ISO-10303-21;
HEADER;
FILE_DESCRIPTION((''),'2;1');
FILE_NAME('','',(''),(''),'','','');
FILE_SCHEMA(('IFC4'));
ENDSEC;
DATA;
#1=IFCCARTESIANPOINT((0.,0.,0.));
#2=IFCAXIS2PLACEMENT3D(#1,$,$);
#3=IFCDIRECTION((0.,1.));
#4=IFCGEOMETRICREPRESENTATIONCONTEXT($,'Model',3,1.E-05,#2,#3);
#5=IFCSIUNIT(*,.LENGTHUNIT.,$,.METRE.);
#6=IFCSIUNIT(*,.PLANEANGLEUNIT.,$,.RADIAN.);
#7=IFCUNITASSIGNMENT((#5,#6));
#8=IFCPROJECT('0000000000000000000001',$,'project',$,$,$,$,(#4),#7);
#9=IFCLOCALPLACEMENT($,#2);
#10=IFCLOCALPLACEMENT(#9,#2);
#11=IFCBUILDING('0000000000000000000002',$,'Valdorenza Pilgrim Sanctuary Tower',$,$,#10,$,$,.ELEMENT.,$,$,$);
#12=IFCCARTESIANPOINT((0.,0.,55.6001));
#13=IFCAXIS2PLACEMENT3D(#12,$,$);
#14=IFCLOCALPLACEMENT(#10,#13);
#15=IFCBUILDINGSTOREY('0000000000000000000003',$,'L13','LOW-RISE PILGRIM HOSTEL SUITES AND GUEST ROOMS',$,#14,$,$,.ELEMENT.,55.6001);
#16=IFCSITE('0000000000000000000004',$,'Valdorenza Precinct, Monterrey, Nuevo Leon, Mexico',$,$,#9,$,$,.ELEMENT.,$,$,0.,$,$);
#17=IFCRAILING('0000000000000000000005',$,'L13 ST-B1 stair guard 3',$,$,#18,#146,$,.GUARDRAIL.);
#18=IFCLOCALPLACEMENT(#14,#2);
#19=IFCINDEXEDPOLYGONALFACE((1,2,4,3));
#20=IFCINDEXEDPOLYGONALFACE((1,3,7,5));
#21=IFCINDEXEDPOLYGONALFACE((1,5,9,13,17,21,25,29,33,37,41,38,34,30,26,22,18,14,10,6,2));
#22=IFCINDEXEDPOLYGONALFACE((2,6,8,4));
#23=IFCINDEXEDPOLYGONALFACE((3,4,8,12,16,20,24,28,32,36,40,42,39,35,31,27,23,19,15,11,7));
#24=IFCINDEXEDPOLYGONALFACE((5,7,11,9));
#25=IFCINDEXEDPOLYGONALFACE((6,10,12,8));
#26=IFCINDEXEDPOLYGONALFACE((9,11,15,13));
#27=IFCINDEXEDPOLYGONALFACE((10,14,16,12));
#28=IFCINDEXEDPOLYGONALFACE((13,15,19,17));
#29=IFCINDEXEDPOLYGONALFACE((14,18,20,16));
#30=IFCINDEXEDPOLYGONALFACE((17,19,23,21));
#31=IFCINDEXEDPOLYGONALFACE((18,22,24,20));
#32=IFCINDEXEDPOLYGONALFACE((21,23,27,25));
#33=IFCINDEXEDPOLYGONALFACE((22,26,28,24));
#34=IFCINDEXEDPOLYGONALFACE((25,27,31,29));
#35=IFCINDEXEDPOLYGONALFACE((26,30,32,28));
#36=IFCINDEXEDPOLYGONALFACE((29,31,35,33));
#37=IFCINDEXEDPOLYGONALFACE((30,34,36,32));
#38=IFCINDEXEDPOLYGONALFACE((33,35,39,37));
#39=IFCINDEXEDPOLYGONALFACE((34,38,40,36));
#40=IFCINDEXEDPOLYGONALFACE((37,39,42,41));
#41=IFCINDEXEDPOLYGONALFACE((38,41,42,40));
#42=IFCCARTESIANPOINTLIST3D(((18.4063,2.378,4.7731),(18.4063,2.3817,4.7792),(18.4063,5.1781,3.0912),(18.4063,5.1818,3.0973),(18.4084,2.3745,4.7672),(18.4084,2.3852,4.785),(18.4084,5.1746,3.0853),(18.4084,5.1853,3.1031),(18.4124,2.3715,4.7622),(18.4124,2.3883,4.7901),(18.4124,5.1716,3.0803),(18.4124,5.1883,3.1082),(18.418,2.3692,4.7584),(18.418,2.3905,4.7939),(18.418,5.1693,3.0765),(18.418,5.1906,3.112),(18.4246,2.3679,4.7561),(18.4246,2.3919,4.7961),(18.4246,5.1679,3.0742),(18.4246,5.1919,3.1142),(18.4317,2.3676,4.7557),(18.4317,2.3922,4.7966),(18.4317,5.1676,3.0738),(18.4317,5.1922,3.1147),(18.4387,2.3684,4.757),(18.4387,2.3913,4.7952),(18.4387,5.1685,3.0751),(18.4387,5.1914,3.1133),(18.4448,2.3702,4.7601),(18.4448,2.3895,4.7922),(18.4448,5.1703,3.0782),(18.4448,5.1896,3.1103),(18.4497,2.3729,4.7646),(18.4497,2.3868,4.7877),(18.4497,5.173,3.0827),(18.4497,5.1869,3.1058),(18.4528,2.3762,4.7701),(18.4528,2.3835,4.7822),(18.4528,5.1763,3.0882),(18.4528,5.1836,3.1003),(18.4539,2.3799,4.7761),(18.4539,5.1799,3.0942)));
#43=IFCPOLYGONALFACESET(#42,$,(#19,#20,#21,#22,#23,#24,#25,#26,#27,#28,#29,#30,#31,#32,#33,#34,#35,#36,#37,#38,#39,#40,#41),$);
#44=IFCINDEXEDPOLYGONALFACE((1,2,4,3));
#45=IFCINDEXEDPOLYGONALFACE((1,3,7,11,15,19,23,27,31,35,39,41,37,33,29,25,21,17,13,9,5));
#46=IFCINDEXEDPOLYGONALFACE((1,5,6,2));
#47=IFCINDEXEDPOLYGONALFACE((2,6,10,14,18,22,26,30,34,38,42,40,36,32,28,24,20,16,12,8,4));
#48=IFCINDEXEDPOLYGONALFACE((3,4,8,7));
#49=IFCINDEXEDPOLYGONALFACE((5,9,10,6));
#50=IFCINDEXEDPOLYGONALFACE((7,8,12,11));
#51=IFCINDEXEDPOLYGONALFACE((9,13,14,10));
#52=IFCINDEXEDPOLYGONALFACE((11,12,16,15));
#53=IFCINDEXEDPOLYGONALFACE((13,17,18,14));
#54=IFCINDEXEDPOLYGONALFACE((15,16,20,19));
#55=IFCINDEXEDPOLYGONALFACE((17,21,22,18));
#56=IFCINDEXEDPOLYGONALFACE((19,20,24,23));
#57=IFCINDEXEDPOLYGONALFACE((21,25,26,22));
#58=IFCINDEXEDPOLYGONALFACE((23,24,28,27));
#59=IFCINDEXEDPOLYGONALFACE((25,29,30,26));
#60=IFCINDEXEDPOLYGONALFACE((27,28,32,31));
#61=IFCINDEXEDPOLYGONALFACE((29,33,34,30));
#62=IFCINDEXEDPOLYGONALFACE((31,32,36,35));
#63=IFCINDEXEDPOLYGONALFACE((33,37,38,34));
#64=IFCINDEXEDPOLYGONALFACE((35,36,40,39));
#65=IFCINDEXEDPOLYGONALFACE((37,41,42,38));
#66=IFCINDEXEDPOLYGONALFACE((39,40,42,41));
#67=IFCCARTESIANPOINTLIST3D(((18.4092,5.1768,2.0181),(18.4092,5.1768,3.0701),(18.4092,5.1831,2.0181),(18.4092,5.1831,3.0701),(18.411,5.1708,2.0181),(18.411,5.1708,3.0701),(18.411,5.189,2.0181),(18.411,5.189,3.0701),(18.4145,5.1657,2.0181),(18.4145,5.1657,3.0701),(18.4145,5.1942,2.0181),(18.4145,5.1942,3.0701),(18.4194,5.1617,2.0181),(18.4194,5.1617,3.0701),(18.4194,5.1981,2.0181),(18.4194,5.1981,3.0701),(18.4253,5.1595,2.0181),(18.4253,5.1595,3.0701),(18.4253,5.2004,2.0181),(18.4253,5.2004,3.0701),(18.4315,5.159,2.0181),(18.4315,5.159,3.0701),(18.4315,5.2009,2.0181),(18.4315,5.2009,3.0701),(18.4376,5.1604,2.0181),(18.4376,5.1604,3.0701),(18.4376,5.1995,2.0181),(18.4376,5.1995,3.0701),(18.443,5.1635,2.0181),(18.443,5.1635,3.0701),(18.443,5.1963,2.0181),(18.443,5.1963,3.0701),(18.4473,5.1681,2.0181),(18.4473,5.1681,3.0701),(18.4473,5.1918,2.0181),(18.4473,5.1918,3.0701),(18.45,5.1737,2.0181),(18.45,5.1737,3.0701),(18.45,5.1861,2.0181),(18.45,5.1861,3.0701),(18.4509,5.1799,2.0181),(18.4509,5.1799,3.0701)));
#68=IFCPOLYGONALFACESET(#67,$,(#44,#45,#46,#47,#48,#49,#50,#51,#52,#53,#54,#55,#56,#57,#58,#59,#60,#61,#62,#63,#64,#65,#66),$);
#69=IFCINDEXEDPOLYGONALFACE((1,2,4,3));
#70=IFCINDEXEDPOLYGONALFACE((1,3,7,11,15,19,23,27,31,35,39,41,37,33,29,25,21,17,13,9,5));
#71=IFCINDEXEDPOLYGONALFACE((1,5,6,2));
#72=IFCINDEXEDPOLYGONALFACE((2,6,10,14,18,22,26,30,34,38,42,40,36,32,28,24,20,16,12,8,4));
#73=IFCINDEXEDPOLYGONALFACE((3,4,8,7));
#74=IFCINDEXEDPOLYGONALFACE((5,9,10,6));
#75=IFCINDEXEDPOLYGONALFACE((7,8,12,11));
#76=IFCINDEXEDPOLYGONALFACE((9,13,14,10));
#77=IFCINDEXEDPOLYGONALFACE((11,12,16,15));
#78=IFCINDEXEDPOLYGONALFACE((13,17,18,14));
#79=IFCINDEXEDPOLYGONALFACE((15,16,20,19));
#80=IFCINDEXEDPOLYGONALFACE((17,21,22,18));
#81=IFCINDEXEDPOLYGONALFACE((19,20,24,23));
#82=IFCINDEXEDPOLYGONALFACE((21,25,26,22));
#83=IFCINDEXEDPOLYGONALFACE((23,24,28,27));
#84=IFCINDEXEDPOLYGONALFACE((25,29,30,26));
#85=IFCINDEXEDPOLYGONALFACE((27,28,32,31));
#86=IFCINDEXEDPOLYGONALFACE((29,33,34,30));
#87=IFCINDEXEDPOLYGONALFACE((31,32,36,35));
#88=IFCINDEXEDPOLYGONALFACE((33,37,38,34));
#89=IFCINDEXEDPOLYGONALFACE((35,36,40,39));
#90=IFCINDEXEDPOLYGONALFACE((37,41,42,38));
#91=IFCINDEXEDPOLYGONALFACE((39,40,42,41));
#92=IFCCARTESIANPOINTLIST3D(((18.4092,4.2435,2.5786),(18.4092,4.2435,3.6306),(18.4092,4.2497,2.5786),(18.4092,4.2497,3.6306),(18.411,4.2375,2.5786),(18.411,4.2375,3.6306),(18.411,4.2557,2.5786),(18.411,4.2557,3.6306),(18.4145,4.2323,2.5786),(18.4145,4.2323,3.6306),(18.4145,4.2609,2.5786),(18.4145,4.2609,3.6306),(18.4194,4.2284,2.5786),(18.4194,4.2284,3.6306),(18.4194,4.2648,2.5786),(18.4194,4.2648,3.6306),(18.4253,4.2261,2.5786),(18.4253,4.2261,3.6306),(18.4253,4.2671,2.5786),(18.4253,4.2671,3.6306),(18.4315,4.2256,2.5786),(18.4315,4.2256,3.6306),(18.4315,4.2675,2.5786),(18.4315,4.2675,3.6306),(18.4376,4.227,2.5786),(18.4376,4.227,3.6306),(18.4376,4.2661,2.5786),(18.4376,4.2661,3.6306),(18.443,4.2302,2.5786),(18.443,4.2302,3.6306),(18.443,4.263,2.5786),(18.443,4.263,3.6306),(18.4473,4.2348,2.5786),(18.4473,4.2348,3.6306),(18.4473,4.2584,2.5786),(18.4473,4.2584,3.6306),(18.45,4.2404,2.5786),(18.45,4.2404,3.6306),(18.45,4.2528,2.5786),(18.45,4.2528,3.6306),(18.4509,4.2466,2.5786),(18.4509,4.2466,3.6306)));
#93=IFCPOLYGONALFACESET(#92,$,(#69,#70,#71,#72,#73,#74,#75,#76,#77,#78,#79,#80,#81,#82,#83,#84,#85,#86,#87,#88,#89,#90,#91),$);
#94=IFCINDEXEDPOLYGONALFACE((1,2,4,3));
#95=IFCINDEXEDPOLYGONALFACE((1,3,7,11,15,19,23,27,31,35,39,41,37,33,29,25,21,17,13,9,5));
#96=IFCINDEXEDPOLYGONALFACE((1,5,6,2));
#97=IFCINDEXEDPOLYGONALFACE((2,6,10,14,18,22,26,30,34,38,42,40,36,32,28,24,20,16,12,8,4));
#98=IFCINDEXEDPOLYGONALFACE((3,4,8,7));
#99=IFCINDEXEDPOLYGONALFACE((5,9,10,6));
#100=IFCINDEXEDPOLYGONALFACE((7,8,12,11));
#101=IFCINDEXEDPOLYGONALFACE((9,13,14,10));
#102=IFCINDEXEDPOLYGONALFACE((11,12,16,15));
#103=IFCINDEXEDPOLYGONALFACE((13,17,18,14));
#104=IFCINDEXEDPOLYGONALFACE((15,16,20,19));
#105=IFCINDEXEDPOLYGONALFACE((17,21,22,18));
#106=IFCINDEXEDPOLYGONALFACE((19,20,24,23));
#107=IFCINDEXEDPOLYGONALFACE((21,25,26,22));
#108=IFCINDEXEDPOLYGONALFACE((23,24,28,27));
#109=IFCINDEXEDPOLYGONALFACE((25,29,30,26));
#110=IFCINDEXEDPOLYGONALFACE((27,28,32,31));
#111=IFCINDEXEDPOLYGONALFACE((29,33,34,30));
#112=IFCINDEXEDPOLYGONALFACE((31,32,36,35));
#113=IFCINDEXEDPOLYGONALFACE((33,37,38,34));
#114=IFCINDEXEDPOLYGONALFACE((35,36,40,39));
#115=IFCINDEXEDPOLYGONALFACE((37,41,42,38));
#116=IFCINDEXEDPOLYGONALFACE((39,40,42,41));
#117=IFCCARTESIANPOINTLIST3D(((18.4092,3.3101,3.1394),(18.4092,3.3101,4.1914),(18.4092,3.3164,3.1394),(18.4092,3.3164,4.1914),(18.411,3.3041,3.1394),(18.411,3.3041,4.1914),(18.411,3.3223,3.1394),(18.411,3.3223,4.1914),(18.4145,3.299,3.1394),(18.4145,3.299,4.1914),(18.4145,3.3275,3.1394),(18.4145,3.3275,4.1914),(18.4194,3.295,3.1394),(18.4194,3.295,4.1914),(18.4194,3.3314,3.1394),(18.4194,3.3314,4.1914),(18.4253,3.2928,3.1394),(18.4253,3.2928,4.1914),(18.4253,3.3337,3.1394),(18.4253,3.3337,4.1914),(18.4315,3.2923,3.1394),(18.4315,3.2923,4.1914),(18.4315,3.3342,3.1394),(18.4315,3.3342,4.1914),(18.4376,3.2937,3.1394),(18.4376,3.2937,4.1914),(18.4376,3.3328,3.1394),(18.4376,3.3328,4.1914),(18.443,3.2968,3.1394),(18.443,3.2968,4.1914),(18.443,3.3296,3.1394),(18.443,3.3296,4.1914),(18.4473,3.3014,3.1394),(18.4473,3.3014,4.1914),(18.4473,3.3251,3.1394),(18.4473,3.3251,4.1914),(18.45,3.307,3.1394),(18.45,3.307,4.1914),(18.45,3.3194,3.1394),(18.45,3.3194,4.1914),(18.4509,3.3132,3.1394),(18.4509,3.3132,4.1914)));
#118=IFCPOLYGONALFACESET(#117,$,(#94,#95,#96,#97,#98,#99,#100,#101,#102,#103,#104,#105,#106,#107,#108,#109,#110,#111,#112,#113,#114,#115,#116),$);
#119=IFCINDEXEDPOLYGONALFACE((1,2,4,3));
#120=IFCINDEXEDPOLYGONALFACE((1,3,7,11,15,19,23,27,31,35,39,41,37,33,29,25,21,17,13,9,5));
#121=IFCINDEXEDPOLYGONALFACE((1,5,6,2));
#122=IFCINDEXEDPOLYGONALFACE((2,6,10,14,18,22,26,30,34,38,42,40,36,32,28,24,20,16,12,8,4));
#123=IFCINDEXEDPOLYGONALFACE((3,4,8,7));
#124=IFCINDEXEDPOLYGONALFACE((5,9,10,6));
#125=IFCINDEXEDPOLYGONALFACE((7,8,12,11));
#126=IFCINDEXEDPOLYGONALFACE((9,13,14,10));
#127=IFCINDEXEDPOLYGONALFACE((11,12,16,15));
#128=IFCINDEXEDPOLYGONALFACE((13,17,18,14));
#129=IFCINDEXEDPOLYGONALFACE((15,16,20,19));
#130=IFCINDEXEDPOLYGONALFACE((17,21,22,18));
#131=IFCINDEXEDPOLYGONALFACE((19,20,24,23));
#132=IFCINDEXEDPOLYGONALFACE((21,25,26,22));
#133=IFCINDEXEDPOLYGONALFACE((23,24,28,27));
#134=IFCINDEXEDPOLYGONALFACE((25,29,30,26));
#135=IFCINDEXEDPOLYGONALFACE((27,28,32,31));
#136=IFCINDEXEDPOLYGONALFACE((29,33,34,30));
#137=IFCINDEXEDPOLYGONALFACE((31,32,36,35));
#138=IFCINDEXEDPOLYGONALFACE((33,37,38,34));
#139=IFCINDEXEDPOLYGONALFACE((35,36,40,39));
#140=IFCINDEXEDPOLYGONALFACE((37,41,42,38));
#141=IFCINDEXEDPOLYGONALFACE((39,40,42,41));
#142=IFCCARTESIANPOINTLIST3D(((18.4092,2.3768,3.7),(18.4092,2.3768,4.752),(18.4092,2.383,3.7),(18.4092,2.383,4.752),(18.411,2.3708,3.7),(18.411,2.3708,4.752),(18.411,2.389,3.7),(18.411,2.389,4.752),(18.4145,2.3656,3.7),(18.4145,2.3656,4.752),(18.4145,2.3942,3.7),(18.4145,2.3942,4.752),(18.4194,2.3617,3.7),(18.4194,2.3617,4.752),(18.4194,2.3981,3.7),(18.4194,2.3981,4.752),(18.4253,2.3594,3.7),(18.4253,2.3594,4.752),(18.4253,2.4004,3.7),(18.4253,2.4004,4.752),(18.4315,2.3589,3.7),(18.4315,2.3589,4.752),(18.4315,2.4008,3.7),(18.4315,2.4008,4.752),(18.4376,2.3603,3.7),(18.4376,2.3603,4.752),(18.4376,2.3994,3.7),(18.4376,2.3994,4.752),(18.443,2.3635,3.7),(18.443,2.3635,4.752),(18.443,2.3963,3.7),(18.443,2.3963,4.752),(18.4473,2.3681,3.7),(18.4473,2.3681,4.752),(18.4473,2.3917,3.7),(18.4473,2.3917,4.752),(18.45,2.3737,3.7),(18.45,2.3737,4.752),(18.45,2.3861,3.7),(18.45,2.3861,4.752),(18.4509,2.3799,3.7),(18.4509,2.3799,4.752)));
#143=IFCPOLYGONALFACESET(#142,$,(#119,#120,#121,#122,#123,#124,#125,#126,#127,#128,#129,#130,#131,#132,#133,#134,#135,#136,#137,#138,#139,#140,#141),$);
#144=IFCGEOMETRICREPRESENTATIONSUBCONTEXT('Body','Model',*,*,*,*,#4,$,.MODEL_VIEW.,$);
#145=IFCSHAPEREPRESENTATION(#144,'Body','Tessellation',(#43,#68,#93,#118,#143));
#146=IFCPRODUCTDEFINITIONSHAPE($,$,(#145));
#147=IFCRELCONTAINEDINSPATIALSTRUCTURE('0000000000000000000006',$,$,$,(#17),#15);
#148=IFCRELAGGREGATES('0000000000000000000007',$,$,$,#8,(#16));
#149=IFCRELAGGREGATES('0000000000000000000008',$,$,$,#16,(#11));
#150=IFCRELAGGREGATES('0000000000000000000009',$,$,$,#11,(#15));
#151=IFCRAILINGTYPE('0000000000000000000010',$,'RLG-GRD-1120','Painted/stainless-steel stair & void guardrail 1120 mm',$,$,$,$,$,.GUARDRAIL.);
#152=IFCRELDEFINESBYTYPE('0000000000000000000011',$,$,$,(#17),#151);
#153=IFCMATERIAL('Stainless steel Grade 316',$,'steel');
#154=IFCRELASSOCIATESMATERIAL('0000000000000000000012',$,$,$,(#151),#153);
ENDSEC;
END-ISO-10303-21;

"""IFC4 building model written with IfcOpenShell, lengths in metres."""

from ifc_helpers import new_model, si_unit, direction, frame, origin, origin_2d, place, context, subcontext, project, spatial, circle, extrude, material, type_object, element, save


model = new_model("IFC4")

# Units and contexts
model_context = context("Model", 3, precision=1e-05, world=origin(), true_north=direction((0.0, 1.0)))
body_context = subcontext(model_context, "Body", "Model", "MODEL_VIEW")
ifc_project = project(units=[si_unit("LENGTHUNIT", "METRE"), si_unit("PLANEANGLEUNIT", "RADIAN")], contexts=[model_context])

# Site, building, storey
site_placement = place(None, origin())
site = spatial("IfcSite", under=ifc_project, at=site_placement, Name="Valdorenza Precinct, Monterrey, Nuevo Leon, Mexico", CompositionType="ELEMENT", RefElevation=0.0)
building_placement = place(site_placement, origin())
building = spatial("IfcBuilding", under=site, at=building_placement, Name="Valdorenza Pilgrim Sanctuary Tower", CompositionType="ELEMENT")
storey_placement = place(building_placement, frame((0.0, 0.0, 55.6001)))
storey = spatial("IfcBuildingStorey", under=building, at=storey_placement, Name="L13", Description="LOW-RISE PILGRIM HOSTEL SUITES AND GUEST ROOMS", CompositionType="ELEMENT", Elevation=55.6001)

# Railing
ifc_material_1 = material(Name="Stainless steel Grade 316", Category="steel")
railing_type_1 = type_object("IfcRailingType", Name="RLG-GRD-1120", Description="Painted/stainless-steel stair & void guardrail 1120 mm", PredefinedType="GUARDRAIL", material=ifc_material_1)
railing_1_placement = place(storey_placement, frame((18.4299, 5.1799, 2.0181)))
element("IfcRailing", 1, at=railing_1_placement, inside=storey, type_object=railing_type_1, Name="L13 ST-B1 stair guard 3", PredefinedType="GUARDRAIL", context=body_context, shape_type="SweptSolid", body=[
    extrude(circle(Radius=0.0239, at=origin_2d()), frame((0.0, 0.0, 1.0762), z_axis=(0.0, -0.857242, 0.514913), x_axis=(1.0, 0.0, 0.0)), (0.0, 0.0, 1.0), 3.2664),
    extrude(circle(Radius=0.021, at=origin_2d()), origin(), (0.0, 0.0, 1.0), 1.052),
    extrude(circle(Radius=0.021, at=origin_2d()), frame((0.0, -0.9333, 0.5605)), (0.0, 0.0, 1.0), 1.052),
    extrude(circle(Radius=0.021, at=origin_2d()), frame((0.0, -1.8667, 1.1213)), (0.0, 0.0, 1.0), 1.052),
    extrude(circle(Radius=0.021, at=origin_2d()), frame((0.0, -2.8, 1.6819)), (0.0, 0.0, 1.0), 1.052),
])

save(model, "model.ifc")
